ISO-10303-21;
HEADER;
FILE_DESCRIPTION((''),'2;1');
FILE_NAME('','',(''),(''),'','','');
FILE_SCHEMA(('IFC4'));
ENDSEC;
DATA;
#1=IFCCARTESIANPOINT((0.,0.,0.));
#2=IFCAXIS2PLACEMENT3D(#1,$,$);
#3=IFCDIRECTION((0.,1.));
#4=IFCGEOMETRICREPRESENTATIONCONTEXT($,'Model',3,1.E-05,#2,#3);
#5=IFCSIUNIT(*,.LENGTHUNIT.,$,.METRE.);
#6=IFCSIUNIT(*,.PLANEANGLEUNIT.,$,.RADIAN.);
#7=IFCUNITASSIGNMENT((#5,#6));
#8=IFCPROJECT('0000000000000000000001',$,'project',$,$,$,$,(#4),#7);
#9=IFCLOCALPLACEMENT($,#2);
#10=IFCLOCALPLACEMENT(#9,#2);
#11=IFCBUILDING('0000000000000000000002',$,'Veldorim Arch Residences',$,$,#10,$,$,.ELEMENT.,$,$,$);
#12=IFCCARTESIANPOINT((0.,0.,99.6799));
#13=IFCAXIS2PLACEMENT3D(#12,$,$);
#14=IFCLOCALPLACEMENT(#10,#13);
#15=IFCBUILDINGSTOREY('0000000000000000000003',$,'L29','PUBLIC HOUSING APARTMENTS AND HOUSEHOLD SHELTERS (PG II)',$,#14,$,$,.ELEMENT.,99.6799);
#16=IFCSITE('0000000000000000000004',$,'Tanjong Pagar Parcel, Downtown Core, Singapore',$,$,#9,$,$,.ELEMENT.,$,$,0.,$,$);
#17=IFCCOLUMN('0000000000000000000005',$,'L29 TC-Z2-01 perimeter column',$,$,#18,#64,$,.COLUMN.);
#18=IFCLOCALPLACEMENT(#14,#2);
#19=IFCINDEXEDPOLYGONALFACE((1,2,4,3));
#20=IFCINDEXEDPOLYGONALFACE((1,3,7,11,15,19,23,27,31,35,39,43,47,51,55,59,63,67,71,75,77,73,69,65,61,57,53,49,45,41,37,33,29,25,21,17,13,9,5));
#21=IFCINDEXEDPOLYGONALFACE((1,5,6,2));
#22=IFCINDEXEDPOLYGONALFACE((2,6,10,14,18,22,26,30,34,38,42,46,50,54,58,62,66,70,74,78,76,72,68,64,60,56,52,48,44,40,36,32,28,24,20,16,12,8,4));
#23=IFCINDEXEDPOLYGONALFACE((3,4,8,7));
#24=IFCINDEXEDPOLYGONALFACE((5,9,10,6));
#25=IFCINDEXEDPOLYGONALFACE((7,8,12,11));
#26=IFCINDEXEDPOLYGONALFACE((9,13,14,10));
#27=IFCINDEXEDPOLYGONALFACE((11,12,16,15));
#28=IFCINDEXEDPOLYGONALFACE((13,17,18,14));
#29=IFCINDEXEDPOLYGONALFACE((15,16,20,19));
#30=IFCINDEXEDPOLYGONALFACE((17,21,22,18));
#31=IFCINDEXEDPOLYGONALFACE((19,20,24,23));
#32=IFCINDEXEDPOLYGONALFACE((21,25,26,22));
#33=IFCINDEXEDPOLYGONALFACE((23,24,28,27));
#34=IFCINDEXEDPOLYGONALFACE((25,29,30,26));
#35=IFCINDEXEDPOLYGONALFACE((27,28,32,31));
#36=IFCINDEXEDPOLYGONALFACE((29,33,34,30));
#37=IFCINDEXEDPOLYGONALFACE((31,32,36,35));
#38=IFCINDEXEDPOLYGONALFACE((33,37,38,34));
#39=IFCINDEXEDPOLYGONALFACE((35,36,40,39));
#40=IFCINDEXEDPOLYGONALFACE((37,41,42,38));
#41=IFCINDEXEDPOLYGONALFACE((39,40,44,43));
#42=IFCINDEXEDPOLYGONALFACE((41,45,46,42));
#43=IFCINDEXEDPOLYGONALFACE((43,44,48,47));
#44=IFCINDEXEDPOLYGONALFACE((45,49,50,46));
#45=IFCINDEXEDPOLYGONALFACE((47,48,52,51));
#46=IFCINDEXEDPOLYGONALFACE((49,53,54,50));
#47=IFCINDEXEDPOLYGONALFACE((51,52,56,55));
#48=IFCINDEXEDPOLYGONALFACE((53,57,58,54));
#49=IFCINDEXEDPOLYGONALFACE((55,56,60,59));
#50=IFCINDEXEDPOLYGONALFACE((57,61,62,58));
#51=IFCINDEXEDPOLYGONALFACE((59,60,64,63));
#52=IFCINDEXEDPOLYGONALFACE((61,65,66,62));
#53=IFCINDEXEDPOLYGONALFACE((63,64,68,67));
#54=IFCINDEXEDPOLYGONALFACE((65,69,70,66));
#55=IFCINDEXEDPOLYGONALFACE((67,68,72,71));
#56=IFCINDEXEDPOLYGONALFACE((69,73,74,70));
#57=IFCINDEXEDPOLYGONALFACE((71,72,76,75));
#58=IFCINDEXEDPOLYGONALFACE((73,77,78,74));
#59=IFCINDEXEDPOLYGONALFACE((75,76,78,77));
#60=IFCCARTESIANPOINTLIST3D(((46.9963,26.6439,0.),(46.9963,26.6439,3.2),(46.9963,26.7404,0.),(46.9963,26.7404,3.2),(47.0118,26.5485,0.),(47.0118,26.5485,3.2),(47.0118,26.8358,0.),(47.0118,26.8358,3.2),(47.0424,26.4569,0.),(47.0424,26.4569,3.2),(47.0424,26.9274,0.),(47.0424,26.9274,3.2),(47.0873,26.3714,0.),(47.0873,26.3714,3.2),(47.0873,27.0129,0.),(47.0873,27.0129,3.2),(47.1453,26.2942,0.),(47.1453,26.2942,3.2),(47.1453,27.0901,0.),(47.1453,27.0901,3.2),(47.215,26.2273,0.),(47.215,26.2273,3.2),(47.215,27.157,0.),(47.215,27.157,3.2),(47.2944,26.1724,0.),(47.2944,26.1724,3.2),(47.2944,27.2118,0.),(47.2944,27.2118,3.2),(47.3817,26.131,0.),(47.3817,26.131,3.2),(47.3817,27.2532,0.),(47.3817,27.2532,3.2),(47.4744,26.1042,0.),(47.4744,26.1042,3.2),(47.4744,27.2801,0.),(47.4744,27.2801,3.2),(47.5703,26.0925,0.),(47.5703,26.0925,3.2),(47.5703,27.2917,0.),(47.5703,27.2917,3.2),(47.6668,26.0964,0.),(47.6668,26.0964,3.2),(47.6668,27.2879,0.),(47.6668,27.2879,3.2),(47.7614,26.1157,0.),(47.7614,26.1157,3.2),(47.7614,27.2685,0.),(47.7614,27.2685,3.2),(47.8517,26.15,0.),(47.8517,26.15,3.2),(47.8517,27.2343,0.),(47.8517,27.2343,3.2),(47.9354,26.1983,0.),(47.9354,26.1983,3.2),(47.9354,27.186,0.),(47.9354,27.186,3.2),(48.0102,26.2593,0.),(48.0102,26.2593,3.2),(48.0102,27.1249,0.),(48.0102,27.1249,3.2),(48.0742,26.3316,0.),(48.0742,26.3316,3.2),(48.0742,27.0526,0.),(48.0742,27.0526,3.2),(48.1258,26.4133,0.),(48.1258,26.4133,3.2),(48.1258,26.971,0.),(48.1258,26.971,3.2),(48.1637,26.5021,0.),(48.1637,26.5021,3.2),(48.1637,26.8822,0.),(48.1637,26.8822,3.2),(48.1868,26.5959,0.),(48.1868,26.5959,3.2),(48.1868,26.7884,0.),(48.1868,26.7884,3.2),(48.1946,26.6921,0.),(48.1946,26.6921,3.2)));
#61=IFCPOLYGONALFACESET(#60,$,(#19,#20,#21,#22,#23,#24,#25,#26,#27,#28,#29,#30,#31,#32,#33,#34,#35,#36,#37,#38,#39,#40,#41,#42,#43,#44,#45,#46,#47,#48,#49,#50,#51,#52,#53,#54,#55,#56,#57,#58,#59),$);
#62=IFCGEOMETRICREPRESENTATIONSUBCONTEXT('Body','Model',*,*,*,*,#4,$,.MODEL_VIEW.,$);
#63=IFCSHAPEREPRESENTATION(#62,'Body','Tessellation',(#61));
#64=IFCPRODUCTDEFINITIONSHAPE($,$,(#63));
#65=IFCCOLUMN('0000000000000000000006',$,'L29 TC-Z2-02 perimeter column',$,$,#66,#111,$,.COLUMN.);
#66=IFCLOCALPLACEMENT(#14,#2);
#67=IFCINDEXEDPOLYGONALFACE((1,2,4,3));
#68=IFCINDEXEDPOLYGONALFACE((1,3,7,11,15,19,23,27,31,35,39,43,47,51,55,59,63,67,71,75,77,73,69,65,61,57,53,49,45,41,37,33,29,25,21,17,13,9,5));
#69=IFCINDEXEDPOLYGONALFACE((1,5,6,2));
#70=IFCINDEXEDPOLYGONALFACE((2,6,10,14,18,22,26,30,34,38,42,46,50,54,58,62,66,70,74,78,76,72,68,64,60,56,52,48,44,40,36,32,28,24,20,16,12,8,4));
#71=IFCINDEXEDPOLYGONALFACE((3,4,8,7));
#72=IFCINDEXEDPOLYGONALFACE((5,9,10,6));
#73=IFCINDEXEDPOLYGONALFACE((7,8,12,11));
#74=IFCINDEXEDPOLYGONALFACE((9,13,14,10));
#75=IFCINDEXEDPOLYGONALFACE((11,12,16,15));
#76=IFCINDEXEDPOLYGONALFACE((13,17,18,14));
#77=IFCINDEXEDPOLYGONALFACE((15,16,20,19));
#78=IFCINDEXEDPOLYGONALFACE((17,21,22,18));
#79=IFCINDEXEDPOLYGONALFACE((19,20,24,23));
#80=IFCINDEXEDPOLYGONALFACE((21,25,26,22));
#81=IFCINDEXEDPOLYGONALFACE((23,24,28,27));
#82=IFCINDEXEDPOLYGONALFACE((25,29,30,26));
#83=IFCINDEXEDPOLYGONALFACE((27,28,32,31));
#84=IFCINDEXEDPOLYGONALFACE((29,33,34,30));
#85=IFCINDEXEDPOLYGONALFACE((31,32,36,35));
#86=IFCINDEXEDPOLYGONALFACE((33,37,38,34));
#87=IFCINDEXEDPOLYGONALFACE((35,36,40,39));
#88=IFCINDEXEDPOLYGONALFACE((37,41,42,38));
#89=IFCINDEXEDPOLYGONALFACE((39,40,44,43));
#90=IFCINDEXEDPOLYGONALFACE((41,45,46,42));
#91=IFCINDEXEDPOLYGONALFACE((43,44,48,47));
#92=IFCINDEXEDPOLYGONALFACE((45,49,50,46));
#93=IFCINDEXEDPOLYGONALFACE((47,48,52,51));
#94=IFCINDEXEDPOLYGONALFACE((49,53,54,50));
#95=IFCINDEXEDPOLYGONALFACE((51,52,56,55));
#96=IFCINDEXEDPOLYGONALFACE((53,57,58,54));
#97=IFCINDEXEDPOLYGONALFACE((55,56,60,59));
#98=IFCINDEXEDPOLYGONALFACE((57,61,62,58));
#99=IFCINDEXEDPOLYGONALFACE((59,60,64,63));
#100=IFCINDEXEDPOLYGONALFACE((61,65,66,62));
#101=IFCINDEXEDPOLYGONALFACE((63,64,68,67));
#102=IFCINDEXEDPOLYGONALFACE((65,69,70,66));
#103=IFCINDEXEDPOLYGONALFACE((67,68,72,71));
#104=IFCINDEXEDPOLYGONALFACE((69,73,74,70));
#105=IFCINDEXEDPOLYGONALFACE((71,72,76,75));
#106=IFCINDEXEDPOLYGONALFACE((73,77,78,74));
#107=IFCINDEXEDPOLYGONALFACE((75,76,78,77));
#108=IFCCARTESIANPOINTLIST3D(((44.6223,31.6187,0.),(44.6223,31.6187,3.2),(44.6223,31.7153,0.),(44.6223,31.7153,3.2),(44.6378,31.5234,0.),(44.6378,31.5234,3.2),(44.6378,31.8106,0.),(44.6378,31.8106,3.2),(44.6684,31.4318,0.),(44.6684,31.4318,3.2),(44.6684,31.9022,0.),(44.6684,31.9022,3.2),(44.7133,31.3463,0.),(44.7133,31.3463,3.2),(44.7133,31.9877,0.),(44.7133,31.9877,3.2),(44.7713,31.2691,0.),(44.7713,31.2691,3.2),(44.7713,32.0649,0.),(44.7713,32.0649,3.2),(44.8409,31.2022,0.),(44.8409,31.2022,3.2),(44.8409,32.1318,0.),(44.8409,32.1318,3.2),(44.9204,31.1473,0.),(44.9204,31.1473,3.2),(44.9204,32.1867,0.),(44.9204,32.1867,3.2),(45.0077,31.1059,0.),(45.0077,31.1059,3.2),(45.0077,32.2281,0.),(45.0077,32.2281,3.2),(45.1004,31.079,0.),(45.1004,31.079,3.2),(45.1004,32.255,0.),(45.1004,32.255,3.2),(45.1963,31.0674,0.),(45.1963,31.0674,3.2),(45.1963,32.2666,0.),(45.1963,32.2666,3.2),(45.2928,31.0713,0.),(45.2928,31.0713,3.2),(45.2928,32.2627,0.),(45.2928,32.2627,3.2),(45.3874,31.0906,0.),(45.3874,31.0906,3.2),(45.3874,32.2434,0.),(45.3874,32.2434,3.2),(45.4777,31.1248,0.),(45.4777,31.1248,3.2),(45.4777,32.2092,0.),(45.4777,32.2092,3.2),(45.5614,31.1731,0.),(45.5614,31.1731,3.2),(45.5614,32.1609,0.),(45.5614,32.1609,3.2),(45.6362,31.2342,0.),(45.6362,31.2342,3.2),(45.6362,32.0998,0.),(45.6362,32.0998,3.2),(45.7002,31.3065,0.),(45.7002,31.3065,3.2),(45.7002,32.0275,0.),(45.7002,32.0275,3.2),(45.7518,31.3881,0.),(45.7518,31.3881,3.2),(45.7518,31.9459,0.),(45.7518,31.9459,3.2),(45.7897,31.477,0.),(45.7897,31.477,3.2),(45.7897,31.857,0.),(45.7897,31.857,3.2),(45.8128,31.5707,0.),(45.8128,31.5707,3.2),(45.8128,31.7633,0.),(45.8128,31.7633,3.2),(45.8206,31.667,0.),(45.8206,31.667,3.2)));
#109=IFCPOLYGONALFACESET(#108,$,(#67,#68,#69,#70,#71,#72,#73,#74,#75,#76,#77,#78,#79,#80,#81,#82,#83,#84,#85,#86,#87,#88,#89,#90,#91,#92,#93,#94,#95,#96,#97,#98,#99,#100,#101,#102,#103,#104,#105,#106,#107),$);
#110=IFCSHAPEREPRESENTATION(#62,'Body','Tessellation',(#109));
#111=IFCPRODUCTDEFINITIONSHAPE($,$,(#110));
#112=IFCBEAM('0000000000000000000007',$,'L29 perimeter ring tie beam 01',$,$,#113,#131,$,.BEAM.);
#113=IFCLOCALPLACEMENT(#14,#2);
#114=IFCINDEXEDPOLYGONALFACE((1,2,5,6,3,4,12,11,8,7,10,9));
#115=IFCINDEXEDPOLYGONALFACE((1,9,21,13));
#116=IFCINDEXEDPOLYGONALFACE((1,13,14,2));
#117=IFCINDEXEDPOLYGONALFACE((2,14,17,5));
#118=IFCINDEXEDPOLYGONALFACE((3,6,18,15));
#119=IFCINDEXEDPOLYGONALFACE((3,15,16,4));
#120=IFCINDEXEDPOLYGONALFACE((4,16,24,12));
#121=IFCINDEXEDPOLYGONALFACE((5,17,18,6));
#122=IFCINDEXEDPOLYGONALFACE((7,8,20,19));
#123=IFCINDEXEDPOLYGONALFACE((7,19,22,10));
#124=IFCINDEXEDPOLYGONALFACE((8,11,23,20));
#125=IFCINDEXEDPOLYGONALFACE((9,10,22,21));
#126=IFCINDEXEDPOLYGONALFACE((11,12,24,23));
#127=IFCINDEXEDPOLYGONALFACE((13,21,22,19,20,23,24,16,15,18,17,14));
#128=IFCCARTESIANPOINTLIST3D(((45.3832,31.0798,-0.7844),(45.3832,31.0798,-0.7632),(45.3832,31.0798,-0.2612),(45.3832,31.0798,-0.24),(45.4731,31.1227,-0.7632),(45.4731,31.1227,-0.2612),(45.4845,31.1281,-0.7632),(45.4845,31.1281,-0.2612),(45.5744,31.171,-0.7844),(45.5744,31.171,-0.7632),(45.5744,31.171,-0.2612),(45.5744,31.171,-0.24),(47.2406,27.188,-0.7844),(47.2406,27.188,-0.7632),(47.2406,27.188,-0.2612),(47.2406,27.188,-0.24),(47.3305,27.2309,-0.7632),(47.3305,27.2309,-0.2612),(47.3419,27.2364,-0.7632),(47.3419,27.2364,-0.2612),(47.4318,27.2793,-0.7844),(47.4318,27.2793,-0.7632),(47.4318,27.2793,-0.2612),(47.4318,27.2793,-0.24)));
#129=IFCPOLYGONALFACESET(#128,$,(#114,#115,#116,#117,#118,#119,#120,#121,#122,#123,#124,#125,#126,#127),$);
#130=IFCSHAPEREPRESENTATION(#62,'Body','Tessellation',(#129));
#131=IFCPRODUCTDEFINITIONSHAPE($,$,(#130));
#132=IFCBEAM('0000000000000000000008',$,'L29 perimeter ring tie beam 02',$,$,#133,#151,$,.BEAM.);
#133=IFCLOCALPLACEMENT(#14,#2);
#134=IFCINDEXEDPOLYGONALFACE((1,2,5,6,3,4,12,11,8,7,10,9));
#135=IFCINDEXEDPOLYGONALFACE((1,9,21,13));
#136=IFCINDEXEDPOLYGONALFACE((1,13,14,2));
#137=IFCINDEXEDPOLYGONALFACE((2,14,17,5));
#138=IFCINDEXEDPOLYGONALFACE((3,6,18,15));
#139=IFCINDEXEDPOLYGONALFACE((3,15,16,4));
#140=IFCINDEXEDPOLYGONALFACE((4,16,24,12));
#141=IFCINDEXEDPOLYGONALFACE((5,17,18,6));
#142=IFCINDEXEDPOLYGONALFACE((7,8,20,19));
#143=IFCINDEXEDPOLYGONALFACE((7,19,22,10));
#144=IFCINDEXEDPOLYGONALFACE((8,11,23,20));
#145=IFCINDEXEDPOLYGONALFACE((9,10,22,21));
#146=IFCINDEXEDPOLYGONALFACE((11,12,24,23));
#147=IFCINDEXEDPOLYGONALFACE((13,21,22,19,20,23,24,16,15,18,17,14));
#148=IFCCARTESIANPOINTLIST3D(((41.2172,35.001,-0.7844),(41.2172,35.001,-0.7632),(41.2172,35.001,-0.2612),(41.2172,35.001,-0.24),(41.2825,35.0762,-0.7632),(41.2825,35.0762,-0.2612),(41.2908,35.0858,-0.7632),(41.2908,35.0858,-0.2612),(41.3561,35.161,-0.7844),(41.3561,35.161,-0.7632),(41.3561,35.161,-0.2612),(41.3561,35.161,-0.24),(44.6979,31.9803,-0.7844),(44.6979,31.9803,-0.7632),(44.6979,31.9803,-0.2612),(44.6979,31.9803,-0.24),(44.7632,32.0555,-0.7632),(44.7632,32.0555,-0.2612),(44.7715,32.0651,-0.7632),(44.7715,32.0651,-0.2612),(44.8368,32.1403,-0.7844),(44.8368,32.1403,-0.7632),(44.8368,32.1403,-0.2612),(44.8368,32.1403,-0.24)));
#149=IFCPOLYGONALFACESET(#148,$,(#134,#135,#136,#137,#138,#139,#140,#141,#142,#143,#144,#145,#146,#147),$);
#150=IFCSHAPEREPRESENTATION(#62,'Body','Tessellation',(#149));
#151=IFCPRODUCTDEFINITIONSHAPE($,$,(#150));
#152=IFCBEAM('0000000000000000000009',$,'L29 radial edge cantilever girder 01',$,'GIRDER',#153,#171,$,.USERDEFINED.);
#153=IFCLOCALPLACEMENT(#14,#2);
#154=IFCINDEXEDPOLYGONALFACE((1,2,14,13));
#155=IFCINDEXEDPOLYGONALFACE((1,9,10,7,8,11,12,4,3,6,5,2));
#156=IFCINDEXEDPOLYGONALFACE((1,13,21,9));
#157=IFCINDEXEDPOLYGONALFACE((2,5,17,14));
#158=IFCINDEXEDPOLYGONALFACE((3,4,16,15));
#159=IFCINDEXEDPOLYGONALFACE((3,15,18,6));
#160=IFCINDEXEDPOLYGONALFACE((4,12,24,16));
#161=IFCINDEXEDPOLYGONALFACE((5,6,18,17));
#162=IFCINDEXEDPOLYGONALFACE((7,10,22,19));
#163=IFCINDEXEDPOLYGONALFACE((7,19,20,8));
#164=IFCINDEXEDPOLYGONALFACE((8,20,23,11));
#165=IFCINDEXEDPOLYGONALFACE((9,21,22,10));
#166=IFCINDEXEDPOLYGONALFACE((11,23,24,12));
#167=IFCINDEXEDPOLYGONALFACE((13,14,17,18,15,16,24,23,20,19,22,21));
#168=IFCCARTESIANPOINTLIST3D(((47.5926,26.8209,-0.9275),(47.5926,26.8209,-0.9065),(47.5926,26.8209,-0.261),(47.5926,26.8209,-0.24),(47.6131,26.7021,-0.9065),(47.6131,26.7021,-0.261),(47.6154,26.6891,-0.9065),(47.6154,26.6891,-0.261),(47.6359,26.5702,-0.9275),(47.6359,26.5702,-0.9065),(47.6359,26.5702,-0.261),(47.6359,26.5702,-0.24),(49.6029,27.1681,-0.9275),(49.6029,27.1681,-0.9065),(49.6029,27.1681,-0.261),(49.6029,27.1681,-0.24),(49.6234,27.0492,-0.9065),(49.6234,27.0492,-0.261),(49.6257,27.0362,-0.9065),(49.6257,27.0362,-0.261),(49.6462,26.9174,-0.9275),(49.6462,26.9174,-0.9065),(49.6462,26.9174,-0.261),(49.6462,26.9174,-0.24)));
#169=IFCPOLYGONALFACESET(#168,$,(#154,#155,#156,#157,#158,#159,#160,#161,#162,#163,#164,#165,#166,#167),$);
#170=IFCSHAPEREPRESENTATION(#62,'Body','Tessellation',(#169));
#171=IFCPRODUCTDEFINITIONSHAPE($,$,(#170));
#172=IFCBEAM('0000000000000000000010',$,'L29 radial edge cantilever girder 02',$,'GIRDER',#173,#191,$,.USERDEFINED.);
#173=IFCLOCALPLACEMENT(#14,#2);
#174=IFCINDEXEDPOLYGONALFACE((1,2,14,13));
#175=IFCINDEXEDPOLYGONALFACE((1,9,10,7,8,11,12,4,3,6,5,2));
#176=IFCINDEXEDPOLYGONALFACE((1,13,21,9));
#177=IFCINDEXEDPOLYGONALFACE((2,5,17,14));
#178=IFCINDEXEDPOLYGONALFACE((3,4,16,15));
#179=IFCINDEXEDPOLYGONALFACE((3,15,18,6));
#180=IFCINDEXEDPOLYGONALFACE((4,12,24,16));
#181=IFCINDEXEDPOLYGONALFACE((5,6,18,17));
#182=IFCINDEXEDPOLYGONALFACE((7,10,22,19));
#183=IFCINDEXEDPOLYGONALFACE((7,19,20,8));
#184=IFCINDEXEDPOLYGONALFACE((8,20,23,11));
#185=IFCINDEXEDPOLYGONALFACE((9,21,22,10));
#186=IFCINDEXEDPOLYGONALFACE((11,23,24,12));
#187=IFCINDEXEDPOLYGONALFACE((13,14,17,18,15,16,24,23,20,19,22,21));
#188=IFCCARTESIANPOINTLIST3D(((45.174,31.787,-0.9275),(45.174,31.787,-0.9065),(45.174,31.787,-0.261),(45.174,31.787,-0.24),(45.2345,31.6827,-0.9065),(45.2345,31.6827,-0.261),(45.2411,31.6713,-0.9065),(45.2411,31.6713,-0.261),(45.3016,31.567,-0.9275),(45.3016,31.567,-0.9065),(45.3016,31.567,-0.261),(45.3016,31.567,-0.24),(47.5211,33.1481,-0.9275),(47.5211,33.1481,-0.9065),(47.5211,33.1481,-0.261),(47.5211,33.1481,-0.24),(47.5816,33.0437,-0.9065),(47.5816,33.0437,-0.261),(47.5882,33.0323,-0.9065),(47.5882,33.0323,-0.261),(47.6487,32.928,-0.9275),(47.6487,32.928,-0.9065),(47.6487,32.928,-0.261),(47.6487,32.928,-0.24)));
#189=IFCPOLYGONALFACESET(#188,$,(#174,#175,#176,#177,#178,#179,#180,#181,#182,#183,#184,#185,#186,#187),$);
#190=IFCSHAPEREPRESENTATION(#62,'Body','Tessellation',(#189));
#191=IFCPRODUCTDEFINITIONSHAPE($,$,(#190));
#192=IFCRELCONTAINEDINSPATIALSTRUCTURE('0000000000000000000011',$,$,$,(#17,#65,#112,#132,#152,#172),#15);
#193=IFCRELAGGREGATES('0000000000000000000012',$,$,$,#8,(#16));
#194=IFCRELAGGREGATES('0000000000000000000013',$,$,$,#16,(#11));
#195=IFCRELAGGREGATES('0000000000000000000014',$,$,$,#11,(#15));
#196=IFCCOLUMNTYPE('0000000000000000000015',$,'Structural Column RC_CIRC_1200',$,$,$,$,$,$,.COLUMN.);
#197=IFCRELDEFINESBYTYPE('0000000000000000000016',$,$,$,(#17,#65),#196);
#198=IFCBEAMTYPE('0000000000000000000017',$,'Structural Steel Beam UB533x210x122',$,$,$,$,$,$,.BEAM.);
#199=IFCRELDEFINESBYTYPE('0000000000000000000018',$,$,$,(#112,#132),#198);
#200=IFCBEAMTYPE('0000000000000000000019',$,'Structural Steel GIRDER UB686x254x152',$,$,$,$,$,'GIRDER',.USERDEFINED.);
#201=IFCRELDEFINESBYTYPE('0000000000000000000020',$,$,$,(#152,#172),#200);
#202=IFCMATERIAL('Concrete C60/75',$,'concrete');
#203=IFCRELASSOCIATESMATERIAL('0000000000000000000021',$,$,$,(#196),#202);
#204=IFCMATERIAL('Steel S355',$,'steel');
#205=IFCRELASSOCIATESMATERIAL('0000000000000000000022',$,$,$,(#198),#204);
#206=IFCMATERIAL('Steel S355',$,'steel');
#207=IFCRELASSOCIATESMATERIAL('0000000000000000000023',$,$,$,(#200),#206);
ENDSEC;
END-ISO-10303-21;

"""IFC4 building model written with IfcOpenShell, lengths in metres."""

from ifc_helpers import new_model, si_unit, direction, frame, origin, origin_2d, place, context, subcontext, project, spatial, circle, i_section, extrude, material, material_profile, profile_set, type_object, element, save


model = new_model("IFC4")

# Units and contexts
model_context = context("Model", 3, precision=1e-05, world=origin(), true_north=direction((0.0, 1.0)))
body_context = subcontext(model_context, "Body", "Model", "MODEL_VIEW")
ifc_project = project(units=[si_unit("LENGTHUNIT", "METRE"), si_unit("PLANEANGLEUNIT", "RADIAN")], contexts=[model_context])

# Site, building, storey
site_placement = place(None, origin())
site = spatial("IfcSite", under=ifc_project, at=site_placement, Name="Tanjong Pagar Parcel, Downtown Core, Singapore", CompositionType="ELEMENT", RefElevation=0.0)
building_placement = place(site_placement, origin())
building = spatial("IfcBuilding", under=site, at=building_placement, Name="Veldorim Arch Residences", CompositionType="ELEMENT")
storey_placement = place(building_placement, frame((0.0, 0.0, 99.6799)))
storey = spatial("IfcBuildingStorey", under=building, at=storey_placement, Name="L29", Description="PUBLIC HOUSING APARTMENTS AND HOUSEHOLD SHELTERS (PG II)", CompositionType="ELEMENT", Elevation=99.6799)

# Columns
ifc_material_1 = material(Name="Concrete C60/75", Category="concrete")
ifc_material_profile_1 = material_profile(ifc_material_1, circle(Radius=0.6001, at=origin_2d()), Name="RC_CIRC_1200")
ifc_profile_set_1 = profile_set([ifc_material_profile_1], Name="Concrete C60/75")
column_type = type_object("IfcColumnType", Name="Structural Column RC_CIRC_1200", PredefinedType="COLUMN", material=ifc_profile_set_1)
for number, where, z_axis, x_axis, name in (
    (1, (47.5945, 26.6921, 0.0), (0.0, 0.0, 1.0), (1.0, 0.0, 0.0), "L29 TC-Z2-01 perimeter column"),
    (2, (45.2205, 31.667, 0.0), (0.0, 0.0, 1.0), (1.0, 0.0, 0.0), "L29 TC-Z2-02 perimeter column"),
):
    element("IfcColumn", number, at=place(storey_placement, frame(where, z_axis=z_axis, x_axis=x_axis)), inside=storey, type_object=column_type, Name=name, PredefinedType="COLUMN", context=body_context, shape_type="SweptSolid", body=[
        extrude(circle(Radius=0.6001, at=origin_2d()), origin(), (0.0, 0.0, 1.0), 3.2),
    ])

# Beams
ifc_material_2 = material(Name="Steel S355", Category="steel")
ifc_material_profile_2 = material_profile(ifc_material_2, i_section(OverallWidth=0.2119, OverallDepth=0.5444, WebThickness=0.0127, FlangeThickness=0.0212, at=origin_2d()), Name="UB533x210x122")
ifc_profile_set_2 = profile_set([ifc_material_profile_2], Name="Steel S355")
beam_type_1 = type_object("IfcBeamType", Name="Structural Steel Beam UB533x210x122", PredefinedType="BEAM", material=ifc_profile_set_2)
beam_1_placement = place(storey_placement, frame((47.3362, 27.2336, -0.5122), z_axis=(-0.43072, 0.902486, 0.0), x_axis=(-0.902486, -0.43072, 0.0)))
element("IfcBeam", 3, at=beam_1_placement, inside=storey, type_object=beam_type_1, Name="L29 perimeter ring tie beam 01", PredefinedType="BEAM", context=body_context, shape_type="SweptSolid", body=[
    extrude(i_section(OverallWidth=0.2119, OverallDepth=0.5444, WebThickness=0.0127, FlangeThickness=0.0212, at=origin_2d()), origin(), (0.0, 0.0, 1.0), 4.3123),
])
beam_2_placement = place(storey_placement, frame((44.7673, 32.0603, -0.5122), z_axis=(-0.755245, 0.655443, 0.0), x_axis=(-0.655443, -0.755245, 0.0)))
element("IfcBeam", 4, at=beam_2_placement, inside=storey, type_object=beam_type_1, Name="L29 perimeter ring tie beam 02", PredefinedType="BEAM", context=body_context, shape_type="SweptSolid", body=[
    extrude(i_section(OverallWidth=0.2119, OverallDepth=0.5444, WebThickness=0.0127, FlangeThickness=0.0212, at=origin_2d()), origin(), (0.0, 0.0, 1.0), 4.6086),
])
ifc_material_3 = material(Name="Steel S355", Category="steel")
ifc_material_profile_3 = material_profile(ifc_material_3, i_section(OverallWidth=0.2544, OverallDepth=0.6875, WebThickness=0.0132, FlangeThickness=0.021, at=origin_2d()), Name="UB686x254x152")
ifc_profile_set_3 = profile_set([ifc_material_profile_3], Name="Steel S355")
beam_type_2 = type_object("IfcBeamType", Name="Structural Steel GIRDER UB686x254x152", ElementType="GIRDER", PredefinedType="USERDEFINED", material=ifc_profile_set_3)
beam_3_placement = place(storey_placement, frame((47.6143, 26.6956, -0.5837), z_axis=(0.985413, 0.170179, 0.0), x_axis=(-0.170179, 0.985413, 0.0)))
element("IfcBeam", 5, at=beam_3_placement, inside=storey, type_object=beam_type_2, Name="L29 radial edge cantilever girder 01", ObjectType="GIRDER", PredefinedType="USERDEFINED", context=body_context, shape_type="SweptSolid", body=[
    extrude(i_section(OverallWidth=0.2544, OverallDepth=0.6875, WebThickness=0.0132, FlangeThickness=0.021, at=origin_2d()), origin(), (0.0, 0.0, 1.0), 2.04),
])
beam_4_placement = place(storey_placement, frame((45.2378, 31.677, -0.5837), z_axis=(0.865075, 0.501643, 0.0), x_axis=(-0.501643, 0.865075, 0.0)))
element("IfcBeam", 6, at=beam_4_placement, inside=storey, type_object=beam_type_2, Name="L29 radial edge cantilever girder 02", ObjectType="GIRDER", PredefinedType="USERDEFINED", context=body_context, shape_type="SweptSolid", body=[
    extrude(i_section(OverallWidth=0.2544, OverallDepth=0.6875, WebThickness=0.0132, FlangeThickness=0.021, at=origin_2d()), origin(), (0.0, 0.0, 1.0), 2.7131),
])

save(model, "model.ifc")
